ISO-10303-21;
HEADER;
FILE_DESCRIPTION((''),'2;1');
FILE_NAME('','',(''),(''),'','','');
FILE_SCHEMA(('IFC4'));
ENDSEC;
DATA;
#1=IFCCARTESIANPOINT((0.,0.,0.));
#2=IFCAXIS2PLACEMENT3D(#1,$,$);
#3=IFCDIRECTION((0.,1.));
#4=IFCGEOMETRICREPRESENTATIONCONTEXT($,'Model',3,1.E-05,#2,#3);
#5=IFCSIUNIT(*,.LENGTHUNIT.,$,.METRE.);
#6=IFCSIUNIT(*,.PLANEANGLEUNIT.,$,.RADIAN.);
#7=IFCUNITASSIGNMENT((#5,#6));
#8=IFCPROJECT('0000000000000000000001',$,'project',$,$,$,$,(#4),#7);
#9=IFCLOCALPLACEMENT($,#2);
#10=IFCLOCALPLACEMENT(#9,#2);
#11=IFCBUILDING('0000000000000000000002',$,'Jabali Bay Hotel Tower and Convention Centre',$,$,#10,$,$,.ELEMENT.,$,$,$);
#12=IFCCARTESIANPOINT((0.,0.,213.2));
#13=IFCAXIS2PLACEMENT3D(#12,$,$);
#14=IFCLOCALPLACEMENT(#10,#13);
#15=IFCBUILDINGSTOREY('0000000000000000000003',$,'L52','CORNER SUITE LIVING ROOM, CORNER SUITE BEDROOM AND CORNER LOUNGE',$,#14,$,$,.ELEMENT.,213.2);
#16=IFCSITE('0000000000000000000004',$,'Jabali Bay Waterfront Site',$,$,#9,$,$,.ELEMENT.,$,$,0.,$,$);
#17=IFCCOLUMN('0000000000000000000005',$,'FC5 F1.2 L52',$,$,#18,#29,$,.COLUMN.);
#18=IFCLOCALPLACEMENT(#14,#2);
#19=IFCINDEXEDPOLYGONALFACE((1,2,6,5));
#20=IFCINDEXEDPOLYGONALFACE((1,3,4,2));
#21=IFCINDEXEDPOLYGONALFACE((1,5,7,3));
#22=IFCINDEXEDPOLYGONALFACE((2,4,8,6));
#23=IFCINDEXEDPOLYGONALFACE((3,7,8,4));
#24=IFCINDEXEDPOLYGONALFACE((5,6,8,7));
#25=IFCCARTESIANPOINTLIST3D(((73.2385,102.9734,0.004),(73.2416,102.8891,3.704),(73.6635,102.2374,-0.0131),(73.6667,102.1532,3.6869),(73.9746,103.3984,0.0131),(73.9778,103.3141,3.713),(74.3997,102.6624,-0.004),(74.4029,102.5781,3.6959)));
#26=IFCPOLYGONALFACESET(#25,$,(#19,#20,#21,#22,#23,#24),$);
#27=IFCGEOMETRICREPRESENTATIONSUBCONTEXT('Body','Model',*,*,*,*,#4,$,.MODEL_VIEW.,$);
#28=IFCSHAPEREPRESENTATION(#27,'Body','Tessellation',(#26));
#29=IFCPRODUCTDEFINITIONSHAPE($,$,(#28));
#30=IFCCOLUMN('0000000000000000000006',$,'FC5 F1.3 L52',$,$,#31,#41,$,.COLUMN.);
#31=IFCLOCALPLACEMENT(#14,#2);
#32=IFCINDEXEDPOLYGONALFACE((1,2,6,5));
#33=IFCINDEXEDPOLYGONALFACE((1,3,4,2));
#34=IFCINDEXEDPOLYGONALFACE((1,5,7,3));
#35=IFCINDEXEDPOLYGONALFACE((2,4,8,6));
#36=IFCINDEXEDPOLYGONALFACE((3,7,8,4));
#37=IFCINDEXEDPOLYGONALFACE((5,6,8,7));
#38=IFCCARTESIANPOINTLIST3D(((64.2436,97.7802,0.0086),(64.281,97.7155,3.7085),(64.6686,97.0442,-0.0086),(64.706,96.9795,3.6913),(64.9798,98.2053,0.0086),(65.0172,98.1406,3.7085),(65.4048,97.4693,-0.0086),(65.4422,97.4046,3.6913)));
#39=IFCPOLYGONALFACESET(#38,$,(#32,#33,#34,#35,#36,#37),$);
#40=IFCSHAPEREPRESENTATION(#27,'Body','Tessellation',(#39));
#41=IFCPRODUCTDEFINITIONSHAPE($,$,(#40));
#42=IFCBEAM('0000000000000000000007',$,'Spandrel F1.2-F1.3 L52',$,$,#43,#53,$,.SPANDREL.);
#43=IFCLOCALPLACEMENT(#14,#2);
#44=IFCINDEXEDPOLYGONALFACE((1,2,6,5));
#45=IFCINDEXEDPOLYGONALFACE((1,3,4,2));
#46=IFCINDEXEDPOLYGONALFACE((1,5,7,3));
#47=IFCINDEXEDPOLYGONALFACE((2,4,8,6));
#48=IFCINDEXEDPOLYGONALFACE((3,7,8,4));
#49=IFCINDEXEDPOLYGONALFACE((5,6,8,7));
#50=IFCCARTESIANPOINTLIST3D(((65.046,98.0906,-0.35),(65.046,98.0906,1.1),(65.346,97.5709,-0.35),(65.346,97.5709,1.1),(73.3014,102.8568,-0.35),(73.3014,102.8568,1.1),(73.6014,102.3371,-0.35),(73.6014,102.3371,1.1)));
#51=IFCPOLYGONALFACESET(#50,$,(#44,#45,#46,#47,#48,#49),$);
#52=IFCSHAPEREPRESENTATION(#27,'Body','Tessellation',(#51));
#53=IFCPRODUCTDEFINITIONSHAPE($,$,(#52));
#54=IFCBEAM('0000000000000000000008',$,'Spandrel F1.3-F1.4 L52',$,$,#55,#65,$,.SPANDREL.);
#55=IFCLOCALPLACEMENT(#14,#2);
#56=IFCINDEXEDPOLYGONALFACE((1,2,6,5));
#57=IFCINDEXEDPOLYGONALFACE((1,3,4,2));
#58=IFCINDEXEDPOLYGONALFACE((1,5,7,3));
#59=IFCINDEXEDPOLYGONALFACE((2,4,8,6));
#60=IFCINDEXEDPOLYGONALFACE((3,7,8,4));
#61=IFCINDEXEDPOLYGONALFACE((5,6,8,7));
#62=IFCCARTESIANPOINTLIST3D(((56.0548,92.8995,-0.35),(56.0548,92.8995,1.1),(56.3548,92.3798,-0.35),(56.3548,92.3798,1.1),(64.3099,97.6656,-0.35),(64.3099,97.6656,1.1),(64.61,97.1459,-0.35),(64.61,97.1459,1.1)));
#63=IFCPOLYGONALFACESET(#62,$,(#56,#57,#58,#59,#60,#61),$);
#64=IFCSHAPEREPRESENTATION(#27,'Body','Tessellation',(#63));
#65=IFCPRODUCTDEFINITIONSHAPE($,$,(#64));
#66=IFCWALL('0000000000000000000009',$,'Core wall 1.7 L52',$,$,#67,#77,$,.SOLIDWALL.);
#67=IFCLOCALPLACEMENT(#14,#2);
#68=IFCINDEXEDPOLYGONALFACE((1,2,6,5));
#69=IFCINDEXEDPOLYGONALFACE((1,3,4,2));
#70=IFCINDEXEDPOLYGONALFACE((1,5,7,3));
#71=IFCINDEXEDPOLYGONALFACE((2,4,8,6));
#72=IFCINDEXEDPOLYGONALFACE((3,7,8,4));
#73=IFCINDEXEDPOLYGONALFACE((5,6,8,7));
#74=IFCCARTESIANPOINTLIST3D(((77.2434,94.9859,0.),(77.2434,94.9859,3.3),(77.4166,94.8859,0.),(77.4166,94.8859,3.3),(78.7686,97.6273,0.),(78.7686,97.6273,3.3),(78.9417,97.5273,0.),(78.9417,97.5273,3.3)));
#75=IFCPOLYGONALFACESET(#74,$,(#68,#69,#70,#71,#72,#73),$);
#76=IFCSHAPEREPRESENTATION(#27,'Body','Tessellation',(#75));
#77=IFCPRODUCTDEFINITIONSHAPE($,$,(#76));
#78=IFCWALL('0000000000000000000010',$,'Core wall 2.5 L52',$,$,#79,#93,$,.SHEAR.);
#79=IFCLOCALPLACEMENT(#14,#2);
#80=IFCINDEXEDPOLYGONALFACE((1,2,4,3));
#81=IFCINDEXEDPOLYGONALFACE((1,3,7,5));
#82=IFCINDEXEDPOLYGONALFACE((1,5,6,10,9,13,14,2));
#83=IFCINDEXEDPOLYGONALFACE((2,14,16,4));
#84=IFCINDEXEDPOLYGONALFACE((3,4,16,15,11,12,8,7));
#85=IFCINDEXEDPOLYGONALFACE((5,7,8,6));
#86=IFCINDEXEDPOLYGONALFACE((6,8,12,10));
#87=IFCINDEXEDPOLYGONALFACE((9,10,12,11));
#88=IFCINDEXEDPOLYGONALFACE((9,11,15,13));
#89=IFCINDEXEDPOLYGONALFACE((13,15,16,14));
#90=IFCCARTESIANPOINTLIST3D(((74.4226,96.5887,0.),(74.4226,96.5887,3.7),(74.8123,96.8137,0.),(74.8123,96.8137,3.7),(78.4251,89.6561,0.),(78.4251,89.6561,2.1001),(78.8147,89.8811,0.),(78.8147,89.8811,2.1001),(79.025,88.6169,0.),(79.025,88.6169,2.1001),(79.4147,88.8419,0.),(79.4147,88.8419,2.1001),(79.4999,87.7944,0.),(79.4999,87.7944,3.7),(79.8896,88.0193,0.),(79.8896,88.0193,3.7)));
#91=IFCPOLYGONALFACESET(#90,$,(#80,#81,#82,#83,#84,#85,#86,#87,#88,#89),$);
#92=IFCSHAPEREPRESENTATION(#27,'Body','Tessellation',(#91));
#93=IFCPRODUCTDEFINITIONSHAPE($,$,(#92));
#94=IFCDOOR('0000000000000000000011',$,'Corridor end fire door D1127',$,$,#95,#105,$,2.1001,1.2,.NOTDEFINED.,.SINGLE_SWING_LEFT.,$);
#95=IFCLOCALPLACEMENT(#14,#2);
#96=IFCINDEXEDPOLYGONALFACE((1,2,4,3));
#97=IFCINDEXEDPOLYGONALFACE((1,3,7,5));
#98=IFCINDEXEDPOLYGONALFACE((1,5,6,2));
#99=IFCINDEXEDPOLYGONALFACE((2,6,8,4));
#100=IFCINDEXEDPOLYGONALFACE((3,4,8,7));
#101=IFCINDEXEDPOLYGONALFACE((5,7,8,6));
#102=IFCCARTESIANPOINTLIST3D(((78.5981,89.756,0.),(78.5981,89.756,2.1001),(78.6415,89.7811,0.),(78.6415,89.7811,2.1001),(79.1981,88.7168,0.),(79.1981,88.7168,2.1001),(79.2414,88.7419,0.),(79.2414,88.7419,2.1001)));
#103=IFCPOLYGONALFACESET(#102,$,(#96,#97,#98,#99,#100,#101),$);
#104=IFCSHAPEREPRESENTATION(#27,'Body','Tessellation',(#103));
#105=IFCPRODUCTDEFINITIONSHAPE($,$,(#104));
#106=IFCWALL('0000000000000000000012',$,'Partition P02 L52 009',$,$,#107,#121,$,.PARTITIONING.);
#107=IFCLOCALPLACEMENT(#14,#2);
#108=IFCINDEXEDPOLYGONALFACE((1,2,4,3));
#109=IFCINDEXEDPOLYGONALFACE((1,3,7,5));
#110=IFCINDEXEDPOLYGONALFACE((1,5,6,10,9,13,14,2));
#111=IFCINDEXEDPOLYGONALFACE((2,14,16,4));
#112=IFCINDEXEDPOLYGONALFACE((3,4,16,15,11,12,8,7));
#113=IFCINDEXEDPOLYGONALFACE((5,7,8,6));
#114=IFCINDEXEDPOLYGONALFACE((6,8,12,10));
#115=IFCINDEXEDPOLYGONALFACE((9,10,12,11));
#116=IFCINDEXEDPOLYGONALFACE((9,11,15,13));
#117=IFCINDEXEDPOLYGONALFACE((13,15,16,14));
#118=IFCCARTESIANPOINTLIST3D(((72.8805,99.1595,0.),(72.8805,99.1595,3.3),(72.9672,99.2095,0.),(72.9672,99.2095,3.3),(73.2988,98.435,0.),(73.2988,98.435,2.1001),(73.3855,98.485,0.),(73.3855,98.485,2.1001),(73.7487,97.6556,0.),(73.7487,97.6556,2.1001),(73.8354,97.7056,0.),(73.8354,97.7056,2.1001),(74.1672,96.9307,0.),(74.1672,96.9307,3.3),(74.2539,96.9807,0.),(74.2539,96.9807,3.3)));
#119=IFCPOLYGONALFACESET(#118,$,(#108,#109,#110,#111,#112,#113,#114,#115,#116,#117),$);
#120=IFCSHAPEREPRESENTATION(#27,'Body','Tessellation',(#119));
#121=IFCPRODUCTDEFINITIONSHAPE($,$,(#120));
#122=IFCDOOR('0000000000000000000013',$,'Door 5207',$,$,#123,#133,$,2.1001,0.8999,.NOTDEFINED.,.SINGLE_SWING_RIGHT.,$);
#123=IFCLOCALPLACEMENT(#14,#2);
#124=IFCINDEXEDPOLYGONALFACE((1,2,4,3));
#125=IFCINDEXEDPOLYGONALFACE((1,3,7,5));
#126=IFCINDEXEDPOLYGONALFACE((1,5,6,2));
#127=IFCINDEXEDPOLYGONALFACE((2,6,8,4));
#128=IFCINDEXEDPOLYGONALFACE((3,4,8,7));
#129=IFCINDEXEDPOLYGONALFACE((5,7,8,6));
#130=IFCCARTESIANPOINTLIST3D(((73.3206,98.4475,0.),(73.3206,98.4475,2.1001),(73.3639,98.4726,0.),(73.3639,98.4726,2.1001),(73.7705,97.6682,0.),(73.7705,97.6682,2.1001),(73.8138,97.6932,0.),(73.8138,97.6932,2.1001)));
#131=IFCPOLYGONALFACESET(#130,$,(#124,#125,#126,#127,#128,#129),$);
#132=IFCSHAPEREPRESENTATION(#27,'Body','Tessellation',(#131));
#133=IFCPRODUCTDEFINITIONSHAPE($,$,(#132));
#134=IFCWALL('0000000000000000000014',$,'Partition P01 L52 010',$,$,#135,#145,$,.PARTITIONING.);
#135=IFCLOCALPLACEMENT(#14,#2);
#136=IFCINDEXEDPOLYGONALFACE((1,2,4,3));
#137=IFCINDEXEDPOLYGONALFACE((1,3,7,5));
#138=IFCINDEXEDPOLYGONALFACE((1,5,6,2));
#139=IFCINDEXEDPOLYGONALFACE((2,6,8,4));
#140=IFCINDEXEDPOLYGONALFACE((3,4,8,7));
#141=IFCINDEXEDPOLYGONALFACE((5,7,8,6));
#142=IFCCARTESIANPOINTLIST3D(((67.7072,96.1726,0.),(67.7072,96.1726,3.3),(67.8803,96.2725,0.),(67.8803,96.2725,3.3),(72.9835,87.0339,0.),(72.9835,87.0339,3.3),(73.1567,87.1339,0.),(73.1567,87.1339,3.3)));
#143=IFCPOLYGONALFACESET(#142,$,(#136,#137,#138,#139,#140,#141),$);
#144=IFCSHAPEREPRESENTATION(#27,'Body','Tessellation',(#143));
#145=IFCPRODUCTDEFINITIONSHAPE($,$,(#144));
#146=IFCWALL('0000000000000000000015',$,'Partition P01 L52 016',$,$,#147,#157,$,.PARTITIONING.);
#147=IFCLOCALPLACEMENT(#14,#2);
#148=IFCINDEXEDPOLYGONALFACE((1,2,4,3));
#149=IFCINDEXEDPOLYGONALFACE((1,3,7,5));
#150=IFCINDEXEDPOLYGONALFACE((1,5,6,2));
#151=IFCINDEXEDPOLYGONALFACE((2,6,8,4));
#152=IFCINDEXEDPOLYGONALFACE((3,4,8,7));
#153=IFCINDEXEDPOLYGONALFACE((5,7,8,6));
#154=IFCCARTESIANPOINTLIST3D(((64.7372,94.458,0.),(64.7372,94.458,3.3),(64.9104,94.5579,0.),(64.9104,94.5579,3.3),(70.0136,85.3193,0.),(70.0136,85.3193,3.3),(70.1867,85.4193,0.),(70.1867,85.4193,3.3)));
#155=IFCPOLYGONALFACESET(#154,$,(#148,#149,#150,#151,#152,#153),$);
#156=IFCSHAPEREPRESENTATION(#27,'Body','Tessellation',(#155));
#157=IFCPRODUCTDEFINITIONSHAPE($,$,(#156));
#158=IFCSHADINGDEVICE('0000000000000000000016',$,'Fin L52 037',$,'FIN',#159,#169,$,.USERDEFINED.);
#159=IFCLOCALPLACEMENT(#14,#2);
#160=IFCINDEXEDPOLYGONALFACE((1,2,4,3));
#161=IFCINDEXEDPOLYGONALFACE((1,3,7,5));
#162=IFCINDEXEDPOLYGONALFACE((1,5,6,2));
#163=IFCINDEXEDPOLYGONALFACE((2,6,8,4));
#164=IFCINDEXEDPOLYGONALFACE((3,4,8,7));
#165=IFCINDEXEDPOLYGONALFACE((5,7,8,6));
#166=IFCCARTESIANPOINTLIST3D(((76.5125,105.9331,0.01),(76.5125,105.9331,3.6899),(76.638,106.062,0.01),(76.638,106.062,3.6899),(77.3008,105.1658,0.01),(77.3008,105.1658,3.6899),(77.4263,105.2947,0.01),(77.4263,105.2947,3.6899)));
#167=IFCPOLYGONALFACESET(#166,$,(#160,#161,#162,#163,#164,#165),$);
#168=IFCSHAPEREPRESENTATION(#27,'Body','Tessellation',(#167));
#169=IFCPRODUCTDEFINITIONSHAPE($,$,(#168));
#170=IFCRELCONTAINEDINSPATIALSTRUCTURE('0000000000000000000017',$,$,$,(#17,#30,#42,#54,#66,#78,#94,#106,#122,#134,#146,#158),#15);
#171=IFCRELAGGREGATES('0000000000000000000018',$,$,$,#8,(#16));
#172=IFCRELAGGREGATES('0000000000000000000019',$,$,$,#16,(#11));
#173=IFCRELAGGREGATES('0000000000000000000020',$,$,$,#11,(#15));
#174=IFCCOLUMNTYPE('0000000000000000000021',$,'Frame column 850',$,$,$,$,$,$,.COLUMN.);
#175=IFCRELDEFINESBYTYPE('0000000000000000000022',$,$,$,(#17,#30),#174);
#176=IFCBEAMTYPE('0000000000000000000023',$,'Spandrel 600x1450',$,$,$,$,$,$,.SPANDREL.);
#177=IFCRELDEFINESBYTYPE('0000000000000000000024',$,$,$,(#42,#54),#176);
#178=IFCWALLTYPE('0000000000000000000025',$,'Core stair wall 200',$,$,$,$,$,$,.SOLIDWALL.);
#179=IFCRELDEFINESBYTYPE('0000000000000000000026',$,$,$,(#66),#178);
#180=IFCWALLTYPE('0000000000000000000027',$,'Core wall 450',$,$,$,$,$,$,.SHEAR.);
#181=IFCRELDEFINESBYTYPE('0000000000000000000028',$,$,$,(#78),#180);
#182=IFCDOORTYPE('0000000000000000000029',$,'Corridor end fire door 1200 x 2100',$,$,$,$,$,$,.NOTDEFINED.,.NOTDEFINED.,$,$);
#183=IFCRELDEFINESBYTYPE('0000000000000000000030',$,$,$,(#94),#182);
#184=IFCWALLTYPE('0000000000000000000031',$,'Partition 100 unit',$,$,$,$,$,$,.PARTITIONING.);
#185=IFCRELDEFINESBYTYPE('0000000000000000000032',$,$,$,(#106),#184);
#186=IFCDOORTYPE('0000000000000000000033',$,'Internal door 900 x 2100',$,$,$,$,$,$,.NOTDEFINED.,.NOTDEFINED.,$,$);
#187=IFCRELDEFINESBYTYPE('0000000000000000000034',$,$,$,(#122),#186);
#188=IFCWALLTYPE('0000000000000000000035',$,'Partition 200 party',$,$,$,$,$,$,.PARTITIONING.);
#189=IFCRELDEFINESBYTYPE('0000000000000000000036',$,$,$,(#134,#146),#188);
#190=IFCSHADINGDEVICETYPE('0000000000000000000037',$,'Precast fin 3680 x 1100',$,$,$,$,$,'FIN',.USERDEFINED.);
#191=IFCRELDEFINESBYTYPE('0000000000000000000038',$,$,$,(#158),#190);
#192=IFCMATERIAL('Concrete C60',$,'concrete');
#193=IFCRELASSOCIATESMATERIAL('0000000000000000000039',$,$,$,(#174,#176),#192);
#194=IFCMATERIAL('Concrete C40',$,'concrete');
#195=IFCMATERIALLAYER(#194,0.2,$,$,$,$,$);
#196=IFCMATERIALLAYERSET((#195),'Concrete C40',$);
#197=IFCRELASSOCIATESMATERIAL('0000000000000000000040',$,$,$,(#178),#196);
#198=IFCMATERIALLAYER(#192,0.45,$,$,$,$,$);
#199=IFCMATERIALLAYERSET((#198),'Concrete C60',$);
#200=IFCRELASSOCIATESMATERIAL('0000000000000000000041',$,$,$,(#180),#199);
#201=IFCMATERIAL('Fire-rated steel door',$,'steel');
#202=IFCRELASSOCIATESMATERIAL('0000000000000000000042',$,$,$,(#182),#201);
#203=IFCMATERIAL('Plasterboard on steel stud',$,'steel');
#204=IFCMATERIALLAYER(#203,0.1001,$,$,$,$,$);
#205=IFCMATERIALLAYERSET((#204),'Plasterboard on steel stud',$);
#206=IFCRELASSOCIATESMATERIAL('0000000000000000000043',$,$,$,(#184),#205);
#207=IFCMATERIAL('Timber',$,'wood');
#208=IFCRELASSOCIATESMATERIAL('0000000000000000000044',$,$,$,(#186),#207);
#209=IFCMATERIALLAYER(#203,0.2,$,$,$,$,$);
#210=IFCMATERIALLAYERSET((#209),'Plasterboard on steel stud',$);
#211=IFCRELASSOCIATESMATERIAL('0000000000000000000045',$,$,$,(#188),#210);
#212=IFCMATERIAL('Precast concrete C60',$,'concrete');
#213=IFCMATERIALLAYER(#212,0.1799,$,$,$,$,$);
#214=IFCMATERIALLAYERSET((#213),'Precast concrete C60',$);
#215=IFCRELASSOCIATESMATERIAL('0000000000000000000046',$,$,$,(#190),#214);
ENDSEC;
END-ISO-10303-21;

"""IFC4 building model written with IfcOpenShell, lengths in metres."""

from ifc_helpers import new_model, si_unit, direction, frame, frame_2d, origin, origin_2d, place, context, subcontext, project, spatial, rectangle, extrude, material, layer, layer_set, material_profile, profile_set, type_object, element, fill, save


model = new_model("IFC4")

# Units and contexts
model_context = context("Model", 3, precision=1e-05, world=origin(), true_north=direction((0.0, 1.0)))
body_context = subcontext(model_context, "Body", "Model", "MODEL_VIEW")
ifc_project = project(units=[si_unit("LENGTHUNIT", "METRE"), si_unit("PLANEANGLEUNIT", "RADIAN")], contexts=[model_context])

# Site, building, storey
site_placement = place(None, origin())
site = spatial("IfcSite", under=ifc_project, at=site_placement, Name="Jabali Bay Waterfront Site", CompositionType="ELEMENT", RefElevation=0.0)
building_placement = place(site_placement, origin())
building = spatial("IfcBuilding", under=site, at=building_placement, Name="Jabali Bay Hotel Tower and Convention Centre", CompositionType="ELEMENT")
storey_placement = place(building_placement, frame((0.0, 0.0, 213.2)))
storey = spatial("IfcBuildingStorey", under=building, at=storey_placement, Name="L52", Description="CORNER SUITE LIVING ROOM, CORNER SUITE BEDROOM AND CORNER LOUNGE", CompositionType="ELEMENT", Elevation=213.2)

# Columns
ifc_material_1 = material(Name="Concrete C60", Category="concrete")
ifc_material_profile_1 = material_profile(ifc_material_1, rectangle(XDim=0.8501, YDim=0.8501, at=origin_2d()), Name="Frame column 850")
ifc_profile_set_1 = profile_set([ifc_material_profile_1], Name="Concrete C60")
column_type = type_object("IfcColumnType", Name="Frame column 850", PredefinedType="COLUMN", material=ifc_profile_set_1)
column_1_placement = place(storey_placement, frame((73.8191, 102.8179, 0.0), z_axis=(0.000858, -0.022759, 0.999741), x_axis=(0.866, 0.499931, 0.010638)))
element("IfcColumn", 1, at=column_1_placement, inside=storey, type_object=column_type, Name="FC5 F1.2 L52", PredefinedType="COLUMN", context=body_context, shape_type="SweptSolid", body=[
    extrude(rectangle(XDim=0.8501, YDim=0.8501, at=origin_2d()), origin(), (0.0, 0.0, 1.0), 3.7009),
])
column_2_placement = place(storey_placement, frame((64.8242, 97.6248, 0.0), z_axis=(0.010094, -0.017482, 0.999796), x_axis=(0.866011, 0.500025, 0.0)))
element("IfcColumn", 2, at=column_2_placement, inside=storey, type_object=column_type, Name="FC5 F1.3 L52", PredefinedType="COLUMN", context=body_context, shape_type="SweptSolid", body=[
    extrude(rectangle(XDim=0.8501, YDim=0.8501, at=origin_2d()), origin(), (0.0, 0.0, 1.0), 3.7007),
])

# Beams
ifc_material_profile_2 = material_profile(ifc_material_1, rectangle(XDim=0.6001, YDim=1.45, at=origin_2d()), Name="Spandrel 600x1450")
ifc_profile_set_2 = profile_set([ifc_material_profile_2], Name="Concrete C60")
beam_type = type_object("IfcBeamType", Name="Spandrel 600x1450", PredefinedType="SPANDREL", material=ifc_profile_set_2)
beam_1_placement = place(storey_placement, frame((73.4514, 102.5969, 0.375), z_axis=(-0.866031, -0.49999, 0.0), x_axis=(0.49999, -0.866031, 0.0)))
element("IfcBeam", 3, at=beam_1_placement, inside=storey, type_object=beam_type, Name="Spandrel F1.2-F1.3 L52", PredefinedType="SPANDREL", context=body_context, shape_type="SweptSolid", body=[
    extrude(rectangle(XDim=0.6001, YDim=1.45, at=origin_2d()), origin(), (0.0, 0.0, 1.0), 9.5325),
])
beam_2_placement = place(storey_placement, frame((64.46, 97.4058, 0.375), z_axis=(-0.866025, -0.500001, 0.0), x_axis=(0.500001, -0.866025, 0.0)))
element("IfcBeam", 4, at=beam_2_placement, inside=storey, type_object=beam_type, Name="Spandrel F1.3-F1.4 L52", PredefinedType="SPANDREL", context=body_context, shape_type="SweptSolid", body=[
    extrude(rectangle(XDim=0.6001, YDim=1.45, at=origin_2d()), origin(), (0.0, 0.0, 1.0), 9.5322),
])

# Wall
ifc_material_2 = material(Name="Concrete C40", Category="concrete")
ifc_layer_1 = layer(ifc_material_2, 0.2)
ifc_layer_set_1 = layer_set([ifc_layer_1], Name="Concrete C40")
wall_type_1 = type_object("IfcWallType", Name="Core stair wall 200", PredefinedType="SOLIDWALL", material=ifc_layer_set_1)
wall_1_placement = place(storey_placement, frame((77.3301, 94.936, 0.0), z_axis=(0.0, 0.0, 1.0), x_axis=(0.500039, 0.866003, 0.0)))
element("IfcWall", 5, at=wall_1_placement, inside=storey, type_object=wall_type_1, Name="Core wall 1.7 L52", PredefinedType="SOLIDWALL", context=body_context, shape_type="SweptSolid", body=[
    extrude(rectangle(XDim=3.05, YDim=0.2, at=frame_2d((1.5249, 0.0))), origin(), (0.0, 0.0, 1.0), 3.3),
])

# Walls, openings, doors
ifc_layer_2 = layer(ifc_material_1, 0.45)
ifc_layer_set_2 = layer_set([ifc_layer_2], Name="Concrete C60")
wall_type_2 = type_object("IfcWallType", Name="Core wall 450", PredefinedType="SHEAR", material=ifc_layer_set_2)
wall_2_placement = place(storey_placement, frame((74.6174, 96.7012, 0.0), z_axis=(0.0, 0.0, 1.0), x_axis=(0.499994, -0.866029, 0.0)))
wall_2 = element("IfcWall", 6, at=wall_2_placement, inside=storey, type_object=wall_type_2, Name="Core wall 2.5 L52", PredefinedType="SHEAR", context=body_context, shape_type="SweptSolid", body=[
    extrude(rectangle(XDim=10.1548, YDim=0.45, at=frame_2d((5.0774, 0.0))), origin(), (0.0, 0.0, 1.0), 3.7),
])
opening_1_placement = place(wall_2_placement, frame((8.0049, 0.0, 0.0)))
opening_1 = element("IfcOpeningElement", 7, at=opening_1_placement, cuts=wall_2, PredefinedType="OPENING", context=body_context, shape_type="SweptSolid", body=[
    extrude(rectangle(XDim=1.2, YDim=2.1001, at=frame_2d((0.6001, 1.05))), frame((0.0, 0.2354, 0.0), z_axis=(0.0, -1.0, 0.0), x_axis=(1.0, 0.0, 0.0)), (0.0, 0.0, 1.0), 0.4709),
])
ifc_material_3 = material(Name="Fire-rated steel door", Category="steel")
door_type_1 = type_object("IfcDoorType", Name="Corridor end fire door 1200 x 2100", OperationType="NOTDEFINED", PredefinedType="NOTDEFINED", material=ifc_material_3)
door_1_placement = place(opening_1_placement, origin())
door_1 = element("IfcDoor", 8, at=door_1_placement, inside=storey, type_object=door_type_1, Name="Corridor end fire door D1127", OperationType="SINGLE_SWING_LEFT", OverallHeight=2.1001, OverallWidth=1.2, PredefinedType="NOTDEFINED", context=body_context, shape_type="SweptSolid", body=[
    extrude(rectangle(XDim=1.2, YDim=2.1001, at=frame_2d((0.6001, 1.05))), frame((0.0, 0.0249, 0.0), z_axis=(0.0, -1.0, 0.0), x_axis=(1.0, 0.0, 0.0)), (0.0, 0.0, 1.0), 0.05),
])
fill(opening_1, door_1)
ifc_material_4 = material(Name="Plasterboard on steel stud", Category="steel")
ifc_layer_3 = layer(ifc_material_4, 0.1001)
ifc_layer_set_3 = layer_set([ifc_layer_3], Name="Plasterboard on steel stud")
wall_type_3 = type_object("IfcWallType", Name="Partition 100 unit", PredefinedType="PARTITIONING", material=ifc_layer_set_3)
wall_3_placement = place(storey_placement, frame((74.2104, 96.9558, 0.0), z_axis=(0.0, 0.0, 1.0), x_axis=(-0.499955, 0.866051, 0.0)))
wall_3 = element("IfcWall", 9, at=wall_3_placement, inside=storey, type_object=wall_type_3, Name="Partition P02 L52 009", PredefinedType="PARTITIONING", context=body_context, shape_type="SweptSolid", body=[
    extrude(rectangle(XDim=2.5735, YDim=0.1001, at=frame_2d((1.2866, 0.0))), origin(), (0.0, 0.0, 1.0), 3.3),
])
opening_2_placement = place(wall_3_placement, frame((0.8369, 0.0, 0.0)))
opening_2 = element("IfcOpeningElement", 10, at=opening_2_placement, cuts=wall_3, PredefinedType="OPENING", context=body_context, shape_type="SweptSolid", body=[
    extrude(rectangle(XDim=0.8999, YDim=2.1001, at=frame_2d((0.45, 1.05))), frame((0.0, 0.0605, 0.0), z_axis=(0.0, -1.0, 0.0), x_axis=(1.0, 0.0, 0.0)), (0.0, 0.0, 1.0), 0.1211),
])
ifc_material_5 = material(Name="Timber", Category="wood")
door_type_2 = type_object("IfcDoorType", Name="Internal door 900 x 2100", OperationType="NOTDEFINED", PredefinedType="NOTDEFINED", material=ifc_material_5)
door_2_placement = place(opening_2_placement, origin())
door_2 = element("IfcDoor", 11, at=door_2_placement, inside=storey, type_object=door_type_2, Name="Door 5207", OperationType="SINGLE_SWING_RIGHT", OverallHeight=2.1001, OverallWidth=0.8999, PredefinedType="NOTDEFINED", context=body_context, shape_type="SweptSolid", body=[
    extrude(rectangle(XDim=0.8999, YDim=2.1001, at=frame_2d((0.45, 1.05))), frame((0.0, 0.0249, 0.0), z_axis=(0.0, -1.0, 0.0), x_axis=(1.0, 0.0, 0.0)), (0.0, 0.0, 1.0), 0.05),
])
fill(opening_2, door_2)

# Walls
ifc_layer_4 = layer(ifc_material_4, 0.2)
ifc_layer_set_4 = layer_set([ifc_layer_4], Name="Plasterboard on steel stud")
wall_type_4 = type_object("IfcWallType", Name="Partition 200 party", PredefinedType="PARTITIONING", material=ifc_layer_set_4)
for number, where, z_axis, x_axis, name in (
    (12, (67.7937, 96.2227, 0.0), (0.0, 0.0, 1.0), (0.500011, -0.866019, 0.0), "Partition P01 L52 010"),
    (13, (64.8237, 94.5081, 0.0), (0.0, 0.0, 1.0), (0.500011, -0.866019, 0.0), "Partition P01 L52 016"),
):
    element("IfcWall", number, at=place(storey_placement, frame(where, z_axis=z_axis, x_axis=x_axis)), inside=storey, type_object=wall_type_4, Name=name, PredefinedType="PARTITIONING", context=body_context, shape_type="SweptSolid", body=[
        extrude(rectangle(XDim=10.5525, YDim=0.2, at=frame_2d((5.2764, 0.0))), origin(), (0.0, 0.0, 1.0), 3.3),
    ])

# Shading device
ifc_material_6 = material(Name="Precast concrete C60", Category="concrete")
ifc_layer_5 = layer(ifc_material_6, 0.1799)
ifc_layer_set_5 = layer_set([ifc_layer_5], Name="Precast concrete C60")
shading_device_type_1 = type_object("IfcShadingDeviceType", Name="Precast fin 3680 x 1100", ElementType="FIN", PredefinedType="USERDEFINED", material=ifc_layer_set_5)
shading_device_1_placement = place(storey_placement, frame((77.3635, 105.2302, 0.01), z_axis=(0.0, 0.0, 1.0), x_axis=(-0.716585, 0.6975, 0.0)))
element("IfcShadingDevice", 14, at=shading_device_1_placement, inside=storey, type_object=shading_device_type_1, Name="Fin L52 037", ObjectType="FIN", PredefinedType="USERDEFINED", context=body_context, shape_type="SweptSolid", body=[
    extrude(rectangle(XDim=1.1001, YDim=0.1799, at=frame_2d((0.55, 0.0))), origin(), (0.0, 0.0, 1.0), 3.6799),
])

save(model, "model.ifc")
